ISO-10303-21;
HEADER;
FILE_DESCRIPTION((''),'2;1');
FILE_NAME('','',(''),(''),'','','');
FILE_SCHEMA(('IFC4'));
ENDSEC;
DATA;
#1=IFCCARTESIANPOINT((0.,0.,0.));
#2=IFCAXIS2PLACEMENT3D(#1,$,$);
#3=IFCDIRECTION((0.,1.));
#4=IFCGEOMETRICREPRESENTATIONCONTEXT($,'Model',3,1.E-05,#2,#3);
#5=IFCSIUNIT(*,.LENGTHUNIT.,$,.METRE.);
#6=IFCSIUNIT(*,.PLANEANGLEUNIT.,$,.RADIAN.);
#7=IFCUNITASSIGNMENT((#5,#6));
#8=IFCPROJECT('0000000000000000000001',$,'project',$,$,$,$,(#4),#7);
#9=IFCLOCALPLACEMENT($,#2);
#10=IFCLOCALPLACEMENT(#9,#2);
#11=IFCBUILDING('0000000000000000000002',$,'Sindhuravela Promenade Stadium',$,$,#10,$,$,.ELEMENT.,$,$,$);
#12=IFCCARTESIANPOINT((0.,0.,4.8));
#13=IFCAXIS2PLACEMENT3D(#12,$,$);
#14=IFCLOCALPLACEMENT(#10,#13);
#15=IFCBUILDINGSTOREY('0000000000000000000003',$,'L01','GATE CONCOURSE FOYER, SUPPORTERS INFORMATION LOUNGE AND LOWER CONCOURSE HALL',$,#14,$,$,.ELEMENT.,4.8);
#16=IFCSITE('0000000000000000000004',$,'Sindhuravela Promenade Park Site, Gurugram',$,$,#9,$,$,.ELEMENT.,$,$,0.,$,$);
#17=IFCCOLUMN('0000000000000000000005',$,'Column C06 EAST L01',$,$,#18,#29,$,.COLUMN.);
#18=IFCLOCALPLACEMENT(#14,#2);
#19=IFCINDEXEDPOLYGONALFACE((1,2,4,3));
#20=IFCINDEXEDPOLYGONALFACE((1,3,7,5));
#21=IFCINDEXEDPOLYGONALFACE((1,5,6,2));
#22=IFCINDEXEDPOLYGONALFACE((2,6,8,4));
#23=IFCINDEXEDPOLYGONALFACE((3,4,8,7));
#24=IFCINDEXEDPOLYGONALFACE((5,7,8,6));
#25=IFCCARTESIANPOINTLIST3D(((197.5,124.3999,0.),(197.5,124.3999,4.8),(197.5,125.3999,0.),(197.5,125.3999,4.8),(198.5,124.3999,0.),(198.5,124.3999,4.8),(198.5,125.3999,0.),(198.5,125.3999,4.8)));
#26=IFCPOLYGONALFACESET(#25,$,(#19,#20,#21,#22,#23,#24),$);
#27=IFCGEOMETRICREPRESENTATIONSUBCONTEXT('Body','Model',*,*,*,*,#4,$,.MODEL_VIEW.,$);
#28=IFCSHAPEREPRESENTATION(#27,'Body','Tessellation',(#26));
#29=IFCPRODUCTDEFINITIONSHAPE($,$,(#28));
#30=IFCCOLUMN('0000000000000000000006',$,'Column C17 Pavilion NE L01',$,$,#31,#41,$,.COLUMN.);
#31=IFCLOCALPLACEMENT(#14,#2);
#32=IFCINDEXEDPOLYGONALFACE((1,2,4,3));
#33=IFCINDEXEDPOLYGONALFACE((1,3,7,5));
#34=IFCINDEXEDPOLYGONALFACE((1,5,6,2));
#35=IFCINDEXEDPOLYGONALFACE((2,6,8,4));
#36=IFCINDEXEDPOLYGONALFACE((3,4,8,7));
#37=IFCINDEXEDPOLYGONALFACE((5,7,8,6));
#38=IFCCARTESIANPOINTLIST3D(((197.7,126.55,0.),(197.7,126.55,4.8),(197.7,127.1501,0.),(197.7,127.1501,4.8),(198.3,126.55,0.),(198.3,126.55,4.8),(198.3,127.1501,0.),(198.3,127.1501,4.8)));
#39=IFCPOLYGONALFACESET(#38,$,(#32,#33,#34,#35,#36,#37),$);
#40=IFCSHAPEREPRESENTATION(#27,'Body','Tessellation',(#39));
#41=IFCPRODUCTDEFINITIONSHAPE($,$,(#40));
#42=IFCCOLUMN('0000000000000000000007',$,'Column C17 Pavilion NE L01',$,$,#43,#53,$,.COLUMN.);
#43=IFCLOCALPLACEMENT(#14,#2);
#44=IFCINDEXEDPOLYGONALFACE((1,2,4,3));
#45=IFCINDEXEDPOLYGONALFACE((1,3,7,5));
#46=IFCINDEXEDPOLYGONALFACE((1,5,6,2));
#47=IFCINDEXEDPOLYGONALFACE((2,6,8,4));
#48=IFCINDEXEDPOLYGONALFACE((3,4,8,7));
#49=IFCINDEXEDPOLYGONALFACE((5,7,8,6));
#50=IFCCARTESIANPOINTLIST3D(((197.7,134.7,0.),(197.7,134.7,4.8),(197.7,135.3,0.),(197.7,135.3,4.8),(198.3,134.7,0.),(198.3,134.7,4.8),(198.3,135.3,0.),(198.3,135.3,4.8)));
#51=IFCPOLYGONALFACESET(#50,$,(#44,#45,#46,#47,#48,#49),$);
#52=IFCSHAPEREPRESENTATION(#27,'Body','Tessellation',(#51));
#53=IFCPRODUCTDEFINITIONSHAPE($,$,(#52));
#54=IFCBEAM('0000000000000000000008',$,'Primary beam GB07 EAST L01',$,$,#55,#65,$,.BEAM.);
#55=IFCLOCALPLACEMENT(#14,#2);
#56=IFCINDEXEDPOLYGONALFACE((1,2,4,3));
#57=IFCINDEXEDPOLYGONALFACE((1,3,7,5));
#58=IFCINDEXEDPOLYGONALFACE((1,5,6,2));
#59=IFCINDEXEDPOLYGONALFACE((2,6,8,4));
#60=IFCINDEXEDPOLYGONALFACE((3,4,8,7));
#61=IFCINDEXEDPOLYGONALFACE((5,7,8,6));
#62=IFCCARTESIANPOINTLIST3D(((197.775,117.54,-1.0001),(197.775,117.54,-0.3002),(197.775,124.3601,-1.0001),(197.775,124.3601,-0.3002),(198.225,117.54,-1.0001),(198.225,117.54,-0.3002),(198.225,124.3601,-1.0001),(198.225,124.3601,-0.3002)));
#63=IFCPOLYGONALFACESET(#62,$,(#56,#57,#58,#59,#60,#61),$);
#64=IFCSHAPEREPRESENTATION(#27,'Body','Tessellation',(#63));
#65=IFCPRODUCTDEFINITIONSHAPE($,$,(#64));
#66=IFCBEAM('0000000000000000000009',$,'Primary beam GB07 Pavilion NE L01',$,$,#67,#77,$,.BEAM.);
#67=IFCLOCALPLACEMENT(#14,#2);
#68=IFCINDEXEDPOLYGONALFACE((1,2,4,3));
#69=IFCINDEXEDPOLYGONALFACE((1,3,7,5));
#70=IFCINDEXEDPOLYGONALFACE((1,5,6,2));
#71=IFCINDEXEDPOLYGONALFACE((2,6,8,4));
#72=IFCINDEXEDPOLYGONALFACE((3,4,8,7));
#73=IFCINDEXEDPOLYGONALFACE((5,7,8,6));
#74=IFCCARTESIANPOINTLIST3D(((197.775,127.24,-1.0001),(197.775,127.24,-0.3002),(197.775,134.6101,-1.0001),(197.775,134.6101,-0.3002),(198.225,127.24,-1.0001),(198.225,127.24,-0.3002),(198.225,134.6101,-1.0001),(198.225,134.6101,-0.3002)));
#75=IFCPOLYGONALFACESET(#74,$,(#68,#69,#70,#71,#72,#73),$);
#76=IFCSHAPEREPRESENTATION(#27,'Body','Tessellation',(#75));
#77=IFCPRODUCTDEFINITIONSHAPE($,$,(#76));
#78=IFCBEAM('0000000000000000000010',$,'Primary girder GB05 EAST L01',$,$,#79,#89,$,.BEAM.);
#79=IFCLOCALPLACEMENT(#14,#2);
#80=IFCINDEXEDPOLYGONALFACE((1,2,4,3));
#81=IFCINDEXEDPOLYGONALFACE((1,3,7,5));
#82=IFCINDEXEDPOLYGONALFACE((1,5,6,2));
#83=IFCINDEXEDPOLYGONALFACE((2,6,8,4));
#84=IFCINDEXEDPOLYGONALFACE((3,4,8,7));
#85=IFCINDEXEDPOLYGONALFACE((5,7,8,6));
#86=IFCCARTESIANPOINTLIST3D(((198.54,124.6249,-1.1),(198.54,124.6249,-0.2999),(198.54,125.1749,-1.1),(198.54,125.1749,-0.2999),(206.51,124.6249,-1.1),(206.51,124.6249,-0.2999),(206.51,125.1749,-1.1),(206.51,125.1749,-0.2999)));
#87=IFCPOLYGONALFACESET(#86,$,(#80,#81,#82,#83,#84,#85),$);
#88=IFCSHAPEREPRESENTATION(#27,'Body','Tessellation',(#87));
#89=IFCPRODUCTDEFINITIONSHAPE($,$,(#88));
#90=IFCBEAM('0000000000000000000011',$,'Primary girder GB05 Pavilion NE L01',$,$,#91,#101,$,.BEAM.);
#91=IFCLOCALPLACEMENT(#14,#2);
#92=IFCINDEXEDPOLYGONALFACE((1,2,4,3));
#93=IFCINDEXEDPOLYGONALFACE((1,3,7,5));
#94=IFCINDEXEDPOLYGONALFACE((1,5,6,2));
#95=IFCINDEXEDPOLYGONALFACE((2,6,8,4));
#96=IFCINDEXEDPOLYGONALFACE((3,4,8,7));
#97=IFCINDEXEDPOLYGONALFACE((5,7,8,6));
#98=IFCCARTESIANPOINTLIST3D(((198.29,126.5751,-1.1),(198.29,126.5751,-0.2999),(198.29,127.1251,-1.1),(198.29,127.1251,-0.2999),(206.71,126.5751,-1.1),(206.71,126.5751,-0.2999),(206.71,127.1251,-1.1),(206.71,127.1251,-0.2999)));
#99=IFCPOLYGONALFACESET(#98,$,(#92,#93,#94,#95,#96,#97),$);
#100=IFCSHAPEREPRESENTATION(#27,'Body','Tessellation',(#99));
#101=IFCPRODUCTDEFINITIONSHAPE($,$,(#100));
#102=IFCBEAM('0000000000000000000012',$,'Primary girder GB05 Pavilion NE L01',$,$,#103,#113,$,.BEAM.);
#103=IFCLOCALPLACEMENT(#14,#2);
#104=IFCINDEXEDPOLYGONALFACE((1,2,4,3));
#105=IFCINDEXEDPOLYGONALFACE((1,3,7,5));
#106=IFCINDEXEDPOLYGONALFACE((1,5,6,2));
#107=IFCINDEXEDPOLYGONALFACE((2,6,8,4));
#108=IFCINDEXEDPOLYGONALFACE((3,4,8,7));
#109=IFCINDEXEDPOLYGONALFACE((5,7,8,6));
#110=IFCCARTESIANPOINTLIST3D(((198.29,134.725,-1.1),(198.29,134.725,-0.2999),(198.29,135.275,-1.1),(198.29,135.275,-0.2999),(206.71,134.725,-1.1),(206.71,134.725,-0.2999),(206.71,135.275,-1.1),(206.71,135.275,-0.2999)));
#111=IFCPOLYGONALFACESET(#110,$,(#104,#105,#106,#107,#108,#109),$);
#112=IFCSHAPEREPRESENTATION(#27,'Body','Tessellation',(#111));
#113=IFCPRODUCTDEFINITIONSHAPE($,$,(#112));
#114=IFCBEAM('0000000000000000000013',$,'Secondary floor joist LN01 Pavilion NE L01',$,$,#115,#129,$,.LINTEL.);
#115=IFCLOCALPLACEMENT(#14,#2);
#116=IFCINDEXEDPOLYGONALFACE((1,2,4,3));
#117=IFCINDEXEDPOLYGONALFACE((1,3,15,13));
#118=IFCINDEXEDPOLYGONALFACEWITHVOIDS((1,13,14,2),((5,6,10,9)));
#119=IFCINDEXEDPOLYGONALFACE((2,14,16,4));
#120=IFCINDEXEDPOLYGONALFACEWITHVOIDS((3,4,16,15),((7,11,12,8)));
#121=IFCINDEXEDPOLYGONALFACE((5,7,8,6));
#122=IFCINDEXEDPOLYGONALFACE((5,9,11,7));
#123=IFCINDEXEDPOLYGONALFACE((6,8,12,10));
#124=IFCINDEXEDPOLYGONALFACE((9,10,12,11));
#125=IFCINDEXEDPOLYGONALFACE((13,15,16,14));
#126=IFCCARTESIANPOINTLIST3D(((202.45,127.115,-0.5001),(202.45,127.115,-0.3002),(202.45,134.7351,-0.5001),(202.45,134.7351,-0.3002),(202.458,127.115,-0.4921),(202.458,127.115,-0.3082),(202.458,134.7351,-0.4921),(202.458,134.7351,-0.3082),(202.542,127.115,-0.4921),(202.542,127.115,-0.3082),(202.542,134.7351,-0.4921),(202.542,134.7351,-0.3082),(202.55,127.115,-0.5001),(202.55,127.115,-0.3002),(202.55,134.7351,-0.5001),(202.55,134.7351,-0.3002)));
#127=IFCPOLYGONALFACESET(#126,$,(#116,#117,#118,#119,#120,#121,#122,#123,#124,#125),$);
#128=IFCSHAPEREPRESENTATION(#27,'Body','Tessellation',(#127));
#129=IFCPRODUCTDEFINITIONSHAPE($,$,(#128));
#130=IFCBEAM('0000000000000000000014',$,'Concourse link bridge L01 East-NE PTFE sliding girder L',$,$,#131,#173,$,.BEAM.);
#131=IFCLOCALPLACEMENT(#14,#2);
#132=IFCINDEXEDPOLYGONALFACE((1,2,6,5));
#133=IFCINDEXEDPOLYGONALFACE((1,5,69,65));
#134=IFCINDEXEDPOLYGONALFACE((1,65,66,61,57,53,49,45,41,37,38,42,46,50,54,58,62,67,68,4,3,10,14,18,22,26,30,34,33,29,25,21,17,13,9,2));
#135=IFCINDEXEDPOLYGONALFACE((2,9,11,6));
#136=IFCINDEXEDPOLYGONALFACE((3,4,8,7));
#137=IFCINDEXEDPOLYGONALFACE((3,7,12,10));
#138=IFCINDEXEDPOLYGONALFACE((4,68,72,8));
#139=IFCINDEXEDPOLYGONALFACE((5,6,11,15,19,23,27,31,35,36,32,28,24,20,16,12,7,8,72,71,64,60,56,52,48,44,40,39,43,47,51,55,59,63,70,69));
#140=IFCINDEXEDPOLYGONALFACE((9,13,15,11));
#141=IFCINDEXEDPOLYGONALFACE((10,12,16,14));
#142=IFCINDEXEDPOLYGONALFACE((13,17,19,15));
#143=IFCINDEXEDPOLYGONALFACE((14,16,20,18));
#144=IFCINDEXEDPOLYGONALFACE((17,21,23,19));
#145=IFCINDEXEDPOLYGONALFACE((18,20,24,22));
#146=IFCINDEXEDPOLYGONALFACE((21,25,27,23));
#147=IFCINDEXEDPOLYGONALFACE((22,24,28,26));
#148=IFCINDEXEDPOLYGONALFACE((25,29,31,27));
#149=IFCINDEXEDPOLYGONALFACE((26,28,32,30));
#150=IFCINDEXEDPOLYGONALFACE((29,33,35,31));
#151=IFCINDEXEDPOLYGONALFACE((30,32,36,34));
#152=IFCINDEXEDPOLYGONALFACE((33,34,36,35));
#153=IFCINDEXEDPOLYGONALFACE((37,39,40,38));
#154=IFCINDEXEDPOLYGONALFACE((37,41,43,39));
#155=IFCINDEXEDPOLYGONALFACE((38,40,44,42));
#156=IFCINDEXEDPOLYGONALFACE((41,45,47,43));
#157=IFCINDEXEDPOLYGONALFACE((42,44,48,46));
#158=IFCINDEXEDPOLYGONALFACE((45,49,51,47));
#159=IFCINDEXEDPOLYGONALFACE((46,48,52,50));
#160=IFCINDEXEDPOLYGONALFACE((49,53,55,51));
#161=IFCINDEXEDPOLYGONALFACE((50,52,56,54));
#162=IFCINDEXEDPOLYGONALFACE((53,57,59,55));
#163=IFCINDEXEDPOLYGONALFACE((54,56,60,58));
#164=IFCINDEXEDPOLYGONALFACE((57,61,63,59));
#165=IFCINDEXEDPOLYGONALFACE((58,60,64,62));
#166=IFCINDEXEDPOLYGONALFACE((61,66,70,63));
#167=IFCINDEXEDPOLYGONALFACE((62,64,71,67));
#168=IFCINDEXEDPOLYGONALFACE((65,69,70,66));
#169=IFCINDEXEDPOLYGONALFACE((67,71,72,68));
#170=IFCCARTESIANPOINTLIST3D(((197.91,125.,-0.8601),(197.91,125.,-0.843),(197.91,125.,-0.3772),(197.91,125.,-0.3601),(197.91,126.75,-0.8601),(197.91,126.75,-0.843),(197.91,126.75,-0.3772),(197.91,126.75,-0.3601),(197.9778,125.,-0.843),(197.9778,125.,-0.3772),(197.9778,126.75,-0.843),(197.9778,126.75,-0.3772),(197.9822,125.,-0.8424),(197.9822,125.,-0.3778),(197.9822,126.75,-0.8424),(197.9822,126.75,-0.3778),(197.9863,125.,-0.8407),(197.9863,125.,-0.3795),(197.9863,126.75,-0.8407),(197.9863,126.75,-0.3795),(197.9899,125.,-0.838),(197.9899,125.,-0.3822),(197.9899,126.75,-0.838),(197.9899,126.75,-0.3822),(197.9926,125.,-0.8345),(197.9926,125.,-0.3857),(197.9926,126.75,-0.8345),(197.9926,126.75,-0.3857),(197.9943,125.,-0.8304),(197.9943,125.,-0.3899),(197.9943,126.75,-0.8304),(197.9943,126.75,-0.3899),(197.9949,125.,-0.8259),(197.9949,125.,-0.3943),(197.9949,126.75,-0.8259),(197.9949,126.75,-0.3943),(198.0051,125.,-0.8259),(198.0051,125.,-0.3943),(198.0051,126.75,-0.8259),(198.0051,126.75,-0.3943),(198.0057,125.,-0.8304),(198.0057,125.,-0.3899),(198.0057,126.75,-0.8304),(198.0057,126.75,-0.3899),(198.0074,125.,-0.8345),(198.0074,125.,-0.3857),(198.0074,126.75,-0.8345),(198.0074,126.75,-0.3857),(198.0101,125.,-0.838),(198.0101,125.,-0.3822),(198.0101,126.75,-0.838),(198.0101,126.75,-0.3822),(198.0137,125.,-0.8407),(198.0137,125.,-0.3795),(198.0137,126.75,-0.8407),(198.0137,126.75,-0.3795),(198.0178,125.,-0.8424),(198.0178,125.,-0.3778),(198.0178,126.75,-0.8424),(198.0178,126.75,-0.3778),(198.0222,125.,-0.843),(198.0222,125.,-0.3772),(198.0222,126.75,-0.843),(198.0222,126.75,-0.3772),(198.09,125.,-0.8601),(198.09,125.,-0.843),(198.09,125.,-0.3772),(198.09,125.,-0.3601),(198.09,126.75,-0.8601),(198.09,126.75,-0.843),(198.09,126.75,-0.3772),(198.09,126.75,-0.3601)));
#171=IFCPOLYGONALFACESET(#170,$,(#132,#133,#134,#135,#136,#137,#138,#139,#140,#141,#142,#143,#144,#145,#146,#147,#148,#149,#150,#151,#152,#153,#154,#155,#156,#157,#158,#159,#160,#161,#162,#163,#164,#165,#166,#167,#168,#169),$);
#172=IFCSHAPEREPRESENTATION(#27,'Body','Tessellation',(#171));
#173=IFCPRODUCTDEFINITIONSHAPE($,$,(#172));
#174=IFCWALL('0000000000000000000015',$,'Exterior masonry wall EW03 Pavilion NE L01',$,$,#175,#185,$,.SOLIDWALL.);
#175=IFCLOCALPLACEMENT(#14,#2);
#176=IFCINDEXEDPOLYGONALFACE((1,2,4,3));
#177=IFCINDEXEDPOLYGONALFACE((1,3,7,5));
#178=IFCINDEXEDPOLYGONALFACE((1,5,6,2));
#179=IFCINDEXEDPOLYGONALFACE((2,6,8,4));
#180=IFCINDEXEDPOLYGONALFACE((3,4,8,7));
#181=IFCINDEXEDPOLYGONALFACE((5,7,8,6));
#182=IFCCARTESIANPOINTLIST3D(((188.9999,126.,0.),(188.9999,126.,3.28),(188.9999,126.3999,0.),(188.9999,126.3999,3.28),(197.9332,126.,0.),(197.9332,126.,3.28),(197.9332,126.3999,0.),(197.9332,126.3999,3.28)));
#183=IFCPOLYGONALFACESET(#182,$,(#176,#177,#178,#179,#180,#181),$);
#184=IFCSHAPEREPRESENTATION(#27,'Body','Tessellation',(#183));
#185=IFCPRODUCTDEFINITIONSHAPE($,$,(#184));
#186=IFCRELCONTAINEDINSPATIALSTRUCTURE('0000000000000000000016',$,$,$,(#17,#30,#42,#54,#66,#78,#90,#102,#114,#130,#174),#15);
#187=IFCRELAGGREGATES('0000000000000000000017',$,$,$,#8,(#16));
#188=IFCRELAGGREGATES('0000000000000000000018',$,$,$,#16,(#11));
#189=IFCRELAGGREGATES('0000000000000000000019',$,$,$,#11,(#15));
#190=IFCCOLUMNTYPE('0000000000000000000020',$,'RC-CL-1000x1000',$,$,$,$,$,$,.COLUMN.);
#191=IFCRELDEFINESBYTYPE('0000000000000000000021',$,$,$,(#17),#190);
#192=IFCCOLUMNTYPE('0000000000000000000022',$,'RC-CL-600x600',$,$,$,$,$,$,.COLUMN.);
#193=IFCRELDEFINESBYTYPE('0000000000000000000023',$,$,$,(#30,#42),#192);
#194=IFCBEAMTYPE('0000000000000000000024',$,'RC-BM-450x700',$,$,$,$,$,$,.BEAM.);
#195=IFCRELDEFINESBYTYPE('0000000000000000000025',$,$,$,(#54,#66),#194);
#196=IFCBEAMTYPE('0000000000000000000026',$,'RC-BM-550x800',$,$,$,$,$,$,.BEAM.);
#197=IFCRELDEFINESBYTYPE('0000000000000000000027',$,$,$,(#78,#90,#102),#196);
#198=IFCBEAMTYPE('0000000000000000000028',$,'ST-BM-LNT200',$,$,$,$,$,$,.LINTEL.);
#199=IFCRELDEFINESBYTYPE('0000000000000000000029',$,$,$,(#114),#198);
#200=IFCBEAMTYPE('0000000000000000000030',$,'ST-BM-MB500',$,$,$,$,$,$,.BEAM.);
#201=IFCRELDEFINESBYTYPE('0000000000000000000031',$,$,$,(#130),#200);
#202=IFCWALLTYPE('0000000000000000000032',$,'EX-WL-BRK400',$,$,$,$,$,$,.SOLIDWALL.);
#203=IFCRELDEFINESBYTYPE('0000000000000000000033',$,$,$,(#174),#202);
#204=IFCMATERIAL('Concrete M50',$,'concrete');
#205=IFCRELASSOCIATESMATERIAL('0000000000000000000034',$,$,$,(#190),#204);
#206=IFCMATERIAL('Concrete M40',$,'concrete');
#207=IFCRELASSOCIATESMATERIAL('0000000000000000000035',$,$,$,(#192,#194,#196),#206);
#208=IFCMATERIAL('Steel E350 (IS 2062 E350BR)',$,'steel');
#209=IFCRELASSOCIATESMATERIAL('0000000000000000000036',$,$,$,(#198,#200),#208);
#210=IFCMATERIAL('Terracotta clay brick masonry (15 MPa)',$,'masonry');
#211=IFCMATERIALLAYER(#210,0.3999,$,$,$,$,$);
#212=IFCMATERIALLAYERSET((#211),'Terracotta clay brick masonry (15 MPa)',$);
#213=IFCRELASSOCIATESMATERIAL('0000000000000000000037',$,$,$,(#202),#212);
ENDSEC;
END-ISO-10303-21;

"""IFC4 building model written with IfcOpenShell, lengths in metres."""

from ifc_helpers import new_model, si_unit, direction, frame, frame_2d, origin, origin_2d, place, context, subcontext, project, spatial, rectangle, hollow_rectangle, i_section, extrude, material, layer, layer_set, material_profile, profile_set, type_object, element, save


model = new_model("IFC4")

# Units and contexts
model_context = context("Model", 3, precision=1e-05, world=origin(), true_north=direction((0.0, 1.0)))
body_context = subcontext(model_context, "Body", "Model", "MODEL_VIEW")
ifc_project = project(units=[si_unit("LENGTHUNIT", "METRE"), si_unit("PLANEANGLEUNIT", "RADIAN")], contexts=[model_context])

# Site, building, storey
site_placement = place(None, origin())
site = spatial("IfcSite", under=ifc_project, at=site_placement, Name="Sindhuravela Promenade Park Site, Gurugram", CompositionType="ELEMENT", RefElevation=0.0)
building_placement = place(site_placement, origin())
building = spatial("IfcBuilding", under=site, at=building_placement, Name="Sindhuravela Promenade Stadium", CompositionType="ELEMENT")
storey_placement = place(building_placement, frame((0.0, 0.0, 4.8)))
storey = spatial("IfcBuildingStorey", under=building, at=storey_placement, Name="L01", Description="GATE CONCOURSE FOYER, SUPPORTERS INFORMATION LOUNGE AND LOWER CONCOURSE HALL", CompositionType="ELEMENT", Elevation=4.8)

# Columns
ifc_material_1 = material(Name="Concrete M50", Category="concrete")
ifc_material_profile_1 = material_profile(ifc_material_1, rectangle(XDim=1.0, YDim=1.0, at=origin_2d()), Name="RC 1000x1000")
ifc_profile_set_1 = profile_set([ifc_material_profile_1], Name="Concrete M50")
column_type_1 = type_object("IfcColumnType", Name="RC-CL-1000x1000", PredefinedType="COLUMN", material=ifc_profile_set_1)
column_placement = place(storey_placement, frame((198.0, 124.8999, 0.0), z_axis=(0.0, 0.0, 1.0), x_axis=(1.0, 0.0, 0.0)))
element("IfcColumn", 1, at=column_placement, inside=storey, type_object=column_type_1, Name="Column C06 EAST L01", PredefinedType="COLUMN", context=body_context, shape_type="SweptSolid", body=[
    extrude(rectangle(XDim=1.0, YDim=1.0, at=origin_2d()), origin(), (0.0, 0.0, 1.0), 4.8),
])
ifc_material_2 = material(Name="Concrete M40", Category="concrete")
ifc_material_profile_2 = material_profile(ifc_material_2, rectangle(XDim=0.6001, YDim=0.6001, at=origin_2d()), Name="RC 600x600")
ifc_profile_set_2 = profile_set([ifc_material_profile_2], Name="Concrete M40")
column_type_2 = type_object("IfcColumnType", Name="RC-CL-600x600", PredefinedType="COLUMN", material=ifc_profile_set_2)
for number, where, z_axis, x_axis, name in (
    (2, (198.0, 126.8501, 0.0), (0.0, 0.0, 1.0), (1.0, 0.0, 0.0), "Column C17 Pavilion NE L01"),
    (3, (198.0, 135.0, 0.0), (0.0, 0.0, 1.0), (1.0, 0.0, 0.0), "Column C17 Pavilion NE L01"),
):
    element("IfcColumn", number, at=place(storey_placement, frame(where, z_axis=z_axis, x_axis=x_axis)), inside=storey, type_object=column_type_2, Name=name, PredefinedType="COLUMN", context=body_context, shape_type="SweptSolid", body=[
        extrude(rectangle(XDim=0.6001, YDim=0.6001, at=origin_2d()), origin(), (0.0, 0.0, 1.0), 4.8),
    ])

# Beams
ifc_material_profile_3 = material_profile(ifc_material_2, rectangle(XDim=0.45, YDim=0.7, at=origin_2d()), Name="RC 450x700")
ifc_profile_set_3 = profile_set([ifc_material_profile_3], Name="Concrete M40")
beam_type_1 = type_object("IfcBeamType", Name="RC-BM-450x700", PredefinedType="BEAM", material=ifc_profile_set_3)
beam_1_placement = place(storey_placement, frame((198.0, 117.54, -0.6501), z_axis=(0.0, 1.0, 0.0), x_axis=(-1.0, 0.0, 0.0)))
element("IfcBeam", 4, at=beam_1_placement, inside=storey, type_object=beam_type_1, Name="Primary beam GB07 EAST L01", PredefinedType="BEAM", context=body_context, shape_type="SweptSolid", body=[
    extrude(rectangle(XDim=0.45, YDim=0.7, at=origin_2d()), origin(), (0.0, 0.0, 1.0), 6.8201),
])
beam_2_placement = place(storey_placement, frame((198.0, 127.24, -0.6501), z_axis=(0.0, 1.0, 0.0), x_axis=(-1.0, 0.0, 0.0)))
element("IfcBeam", 5, at=beam_2_placement, inside=storey, type_object=beam_type_1, Name="Primary beam GB07 Pavilion NE L01", PredefinedType="BEAM", context=body_context, shape_type="SweptSolid", body=[
    extrude(rectangle(XDim=0.45, YDim=0.7, at=origin_2d()), origin(), (0.0, 0.0, 1.0), 7.3701),
])
ifc_material_profile_4 = material_profile(ifc_material_2, rectangle(XDim=0.55, YDim=0.8, at=origin_2d()), Name="RC 550x800")
ifc_profile_set_4 = profile_set([ifc_material_profile_4], Name="Concrete M40")
beam_type_2 = type_object("IfcBeamType", Name="RC-BM-550x800", PredefinedType="BEAM", material=ifc_profile_set_4)
beam_3_placement = place(storey_placement, frame((198.54, 124.8999, -0.7), z_axis=(1.0, 0.0, 0.0), x_axis=(0.0, 1.0, 0.0)))
element("IfcBeam", 6, at=beam_3_placement, inside=storey, type_object=beam_type_2, Name="Primary girder GB05 EAST L01", PredefinedType="BEAM", context=body_context, shape_type="SweptSolid", body=[
    extrude(rectangle(XDim=0.55, YDim=0.8, at=origin_2d()), origin(), (0.0, 0.0, 1.0), 7.97),
])
for number, where, z_axis, x_axis, name in (
    (7, (198.29, 126.8501, -0.7), (1.0, 0.0, 0.0), (0.0, 1.0, 0.0), "Primary girder GB05 Pavilion NE L01"),
    (8, (198.29, 135.0, -0.7), (1.0, 0.0, 0.0), (0.0, 1.0, 0.0), "Primary girder GB05 Pavilion NE L01"),
):
    element("IfcBeam", number, at=place(storey_placement, frame(where, z_axis=z_axis, x_axis=x_axis)), inside=storey, type_object=beam_type_2, Name=name, PredefinedType="BEAM", context=body_context, shape_type="SweptSolid", body=[
        extrude(rectangle(XDim=0.55, YDim=0.8, at=origin_2d()), origin(), (0.0, 0.0, 1.0), 8.4199),
    ])
ifc_material_3 = material(Name="Steel E350 (IS 2062 E350BR)", Category="steel")
ifc_material_profile_5 = material_profile(ifc_material_3, hollow_rectangle(XDim=0.1001, YDim=0.2, WallThickness=0.0081, at=origin_2d()), Name="RHS 200x100x8")
ifc_profile_set_5 = profile_set([ifc_material_profile_5], Name="Steel E350 (IS 2062 E350BR)")
beam_type_3 = type_object("IfcBeamType", Name="ST-BM-LNT200", PredefinedType="LINTEL", material=ifc_profile_set_5)
beam_4_placement = place(storey_placement, frame((202.5, 127.115, -0.4001), z_axis=(0.0, 1.0, 0.0), x_axis=(-1.0, 0.0, 0.0)))
element("IfcBeam", 9, at=beam_4_placement, inside=storey, type_object=beam_type_3, Name="Secondary floor joist LN01 Pavilion NE L01", PredefinedType="LINTEL", context=body_context, shape_type="SweptSolid", body=[
    extrude(hollow_rectangle(XDim=0.1001, YDim=0.2, WallThickness=0.0081, at=origin_2d()), origin(), (0.0, 0.0, 1.0), 7.6201),
])
ifc_material_profile_6 = material_profile(ifc_material_3, i_section(OverallWidth=0.1799, OverallDepth=0.5, WebThickness=0.0103, FlangeThickness=0.0171, FilletRadius=0.0171, at=origin_2d()), Name="ISMB 500")
ifc_profile_set_6 = profile_set([ifc_material_profile_6], Name="Steel E350 (IS 2062 E350BR)")
beam_type_4 = type_object("IfcBeamType", Name="ST-BM-MB500", PredefinedType="BEAM", material=ifc_profile_set_6)
beam_5_placement = place(storey_placement, frame((198.0, 125.0, -0.6101), z_axis=(0.0, 1.0, 0.0), x_axis=(-1.0, 0.0, 0.0)))
element("IfcBeam", 10, at=beam_5_placement, inside=storey, type_object=beam_type_4, Name="Concourse link bridge L01 East-NE PTFE sliding girder L", PredefinedType="BEAM", context=body_context, shape_type="SweptSolid", body=[
    extrude(i_section(OverallWidth=0.1799, OverallDepth=0.5, WebThickness=0.0103, FlangeThickness=0.0171, FilletRadius=0.0171, at=origin_2d()), origin(), (0.0, 0.0, 1.0), 1.75),
])

# Wall
ifc_material_4 = material(Name="Terracotta clay brick masonry (15 MPa)", Category="masonry")
ifc_layer_1 = layer(ifc_material_4, 0.3999)
ifc_layer_set_1 = layer_set([ifc_layer_1], Name="Terracotta clay brick masonry (15 MPa)")
wall_type_1 = type_object("IfcWallType", Name="EX-WL-BRK400", PredefinedType="SOLIDWALL", material=ifc_layer_set_1)
wall_1_placement = place(storey_placement, frame((197.9333, 126.2, 0.0), z_axis=(0.0, 0.0, 1.0), x_axis=(-1.0, 0.0, 0.0)))
element("IfcWall", 11, at=wall_1_placement, inside=storey, type_object=wall_type_1, Name="Exterior masonry wall EW03 Pavilion NE L01", PredefinedType="SOLIDWALL", context=body_context, shape_type="SweptSolid", body=[
    extrude(rectangle(XDim=8.9333, YDim=0.3999, at=frame_2d((4.4668, 0.0))), origin(), (0.0, 0.0, 1.0), 3.28),
])

save(model, "model.ifc")
